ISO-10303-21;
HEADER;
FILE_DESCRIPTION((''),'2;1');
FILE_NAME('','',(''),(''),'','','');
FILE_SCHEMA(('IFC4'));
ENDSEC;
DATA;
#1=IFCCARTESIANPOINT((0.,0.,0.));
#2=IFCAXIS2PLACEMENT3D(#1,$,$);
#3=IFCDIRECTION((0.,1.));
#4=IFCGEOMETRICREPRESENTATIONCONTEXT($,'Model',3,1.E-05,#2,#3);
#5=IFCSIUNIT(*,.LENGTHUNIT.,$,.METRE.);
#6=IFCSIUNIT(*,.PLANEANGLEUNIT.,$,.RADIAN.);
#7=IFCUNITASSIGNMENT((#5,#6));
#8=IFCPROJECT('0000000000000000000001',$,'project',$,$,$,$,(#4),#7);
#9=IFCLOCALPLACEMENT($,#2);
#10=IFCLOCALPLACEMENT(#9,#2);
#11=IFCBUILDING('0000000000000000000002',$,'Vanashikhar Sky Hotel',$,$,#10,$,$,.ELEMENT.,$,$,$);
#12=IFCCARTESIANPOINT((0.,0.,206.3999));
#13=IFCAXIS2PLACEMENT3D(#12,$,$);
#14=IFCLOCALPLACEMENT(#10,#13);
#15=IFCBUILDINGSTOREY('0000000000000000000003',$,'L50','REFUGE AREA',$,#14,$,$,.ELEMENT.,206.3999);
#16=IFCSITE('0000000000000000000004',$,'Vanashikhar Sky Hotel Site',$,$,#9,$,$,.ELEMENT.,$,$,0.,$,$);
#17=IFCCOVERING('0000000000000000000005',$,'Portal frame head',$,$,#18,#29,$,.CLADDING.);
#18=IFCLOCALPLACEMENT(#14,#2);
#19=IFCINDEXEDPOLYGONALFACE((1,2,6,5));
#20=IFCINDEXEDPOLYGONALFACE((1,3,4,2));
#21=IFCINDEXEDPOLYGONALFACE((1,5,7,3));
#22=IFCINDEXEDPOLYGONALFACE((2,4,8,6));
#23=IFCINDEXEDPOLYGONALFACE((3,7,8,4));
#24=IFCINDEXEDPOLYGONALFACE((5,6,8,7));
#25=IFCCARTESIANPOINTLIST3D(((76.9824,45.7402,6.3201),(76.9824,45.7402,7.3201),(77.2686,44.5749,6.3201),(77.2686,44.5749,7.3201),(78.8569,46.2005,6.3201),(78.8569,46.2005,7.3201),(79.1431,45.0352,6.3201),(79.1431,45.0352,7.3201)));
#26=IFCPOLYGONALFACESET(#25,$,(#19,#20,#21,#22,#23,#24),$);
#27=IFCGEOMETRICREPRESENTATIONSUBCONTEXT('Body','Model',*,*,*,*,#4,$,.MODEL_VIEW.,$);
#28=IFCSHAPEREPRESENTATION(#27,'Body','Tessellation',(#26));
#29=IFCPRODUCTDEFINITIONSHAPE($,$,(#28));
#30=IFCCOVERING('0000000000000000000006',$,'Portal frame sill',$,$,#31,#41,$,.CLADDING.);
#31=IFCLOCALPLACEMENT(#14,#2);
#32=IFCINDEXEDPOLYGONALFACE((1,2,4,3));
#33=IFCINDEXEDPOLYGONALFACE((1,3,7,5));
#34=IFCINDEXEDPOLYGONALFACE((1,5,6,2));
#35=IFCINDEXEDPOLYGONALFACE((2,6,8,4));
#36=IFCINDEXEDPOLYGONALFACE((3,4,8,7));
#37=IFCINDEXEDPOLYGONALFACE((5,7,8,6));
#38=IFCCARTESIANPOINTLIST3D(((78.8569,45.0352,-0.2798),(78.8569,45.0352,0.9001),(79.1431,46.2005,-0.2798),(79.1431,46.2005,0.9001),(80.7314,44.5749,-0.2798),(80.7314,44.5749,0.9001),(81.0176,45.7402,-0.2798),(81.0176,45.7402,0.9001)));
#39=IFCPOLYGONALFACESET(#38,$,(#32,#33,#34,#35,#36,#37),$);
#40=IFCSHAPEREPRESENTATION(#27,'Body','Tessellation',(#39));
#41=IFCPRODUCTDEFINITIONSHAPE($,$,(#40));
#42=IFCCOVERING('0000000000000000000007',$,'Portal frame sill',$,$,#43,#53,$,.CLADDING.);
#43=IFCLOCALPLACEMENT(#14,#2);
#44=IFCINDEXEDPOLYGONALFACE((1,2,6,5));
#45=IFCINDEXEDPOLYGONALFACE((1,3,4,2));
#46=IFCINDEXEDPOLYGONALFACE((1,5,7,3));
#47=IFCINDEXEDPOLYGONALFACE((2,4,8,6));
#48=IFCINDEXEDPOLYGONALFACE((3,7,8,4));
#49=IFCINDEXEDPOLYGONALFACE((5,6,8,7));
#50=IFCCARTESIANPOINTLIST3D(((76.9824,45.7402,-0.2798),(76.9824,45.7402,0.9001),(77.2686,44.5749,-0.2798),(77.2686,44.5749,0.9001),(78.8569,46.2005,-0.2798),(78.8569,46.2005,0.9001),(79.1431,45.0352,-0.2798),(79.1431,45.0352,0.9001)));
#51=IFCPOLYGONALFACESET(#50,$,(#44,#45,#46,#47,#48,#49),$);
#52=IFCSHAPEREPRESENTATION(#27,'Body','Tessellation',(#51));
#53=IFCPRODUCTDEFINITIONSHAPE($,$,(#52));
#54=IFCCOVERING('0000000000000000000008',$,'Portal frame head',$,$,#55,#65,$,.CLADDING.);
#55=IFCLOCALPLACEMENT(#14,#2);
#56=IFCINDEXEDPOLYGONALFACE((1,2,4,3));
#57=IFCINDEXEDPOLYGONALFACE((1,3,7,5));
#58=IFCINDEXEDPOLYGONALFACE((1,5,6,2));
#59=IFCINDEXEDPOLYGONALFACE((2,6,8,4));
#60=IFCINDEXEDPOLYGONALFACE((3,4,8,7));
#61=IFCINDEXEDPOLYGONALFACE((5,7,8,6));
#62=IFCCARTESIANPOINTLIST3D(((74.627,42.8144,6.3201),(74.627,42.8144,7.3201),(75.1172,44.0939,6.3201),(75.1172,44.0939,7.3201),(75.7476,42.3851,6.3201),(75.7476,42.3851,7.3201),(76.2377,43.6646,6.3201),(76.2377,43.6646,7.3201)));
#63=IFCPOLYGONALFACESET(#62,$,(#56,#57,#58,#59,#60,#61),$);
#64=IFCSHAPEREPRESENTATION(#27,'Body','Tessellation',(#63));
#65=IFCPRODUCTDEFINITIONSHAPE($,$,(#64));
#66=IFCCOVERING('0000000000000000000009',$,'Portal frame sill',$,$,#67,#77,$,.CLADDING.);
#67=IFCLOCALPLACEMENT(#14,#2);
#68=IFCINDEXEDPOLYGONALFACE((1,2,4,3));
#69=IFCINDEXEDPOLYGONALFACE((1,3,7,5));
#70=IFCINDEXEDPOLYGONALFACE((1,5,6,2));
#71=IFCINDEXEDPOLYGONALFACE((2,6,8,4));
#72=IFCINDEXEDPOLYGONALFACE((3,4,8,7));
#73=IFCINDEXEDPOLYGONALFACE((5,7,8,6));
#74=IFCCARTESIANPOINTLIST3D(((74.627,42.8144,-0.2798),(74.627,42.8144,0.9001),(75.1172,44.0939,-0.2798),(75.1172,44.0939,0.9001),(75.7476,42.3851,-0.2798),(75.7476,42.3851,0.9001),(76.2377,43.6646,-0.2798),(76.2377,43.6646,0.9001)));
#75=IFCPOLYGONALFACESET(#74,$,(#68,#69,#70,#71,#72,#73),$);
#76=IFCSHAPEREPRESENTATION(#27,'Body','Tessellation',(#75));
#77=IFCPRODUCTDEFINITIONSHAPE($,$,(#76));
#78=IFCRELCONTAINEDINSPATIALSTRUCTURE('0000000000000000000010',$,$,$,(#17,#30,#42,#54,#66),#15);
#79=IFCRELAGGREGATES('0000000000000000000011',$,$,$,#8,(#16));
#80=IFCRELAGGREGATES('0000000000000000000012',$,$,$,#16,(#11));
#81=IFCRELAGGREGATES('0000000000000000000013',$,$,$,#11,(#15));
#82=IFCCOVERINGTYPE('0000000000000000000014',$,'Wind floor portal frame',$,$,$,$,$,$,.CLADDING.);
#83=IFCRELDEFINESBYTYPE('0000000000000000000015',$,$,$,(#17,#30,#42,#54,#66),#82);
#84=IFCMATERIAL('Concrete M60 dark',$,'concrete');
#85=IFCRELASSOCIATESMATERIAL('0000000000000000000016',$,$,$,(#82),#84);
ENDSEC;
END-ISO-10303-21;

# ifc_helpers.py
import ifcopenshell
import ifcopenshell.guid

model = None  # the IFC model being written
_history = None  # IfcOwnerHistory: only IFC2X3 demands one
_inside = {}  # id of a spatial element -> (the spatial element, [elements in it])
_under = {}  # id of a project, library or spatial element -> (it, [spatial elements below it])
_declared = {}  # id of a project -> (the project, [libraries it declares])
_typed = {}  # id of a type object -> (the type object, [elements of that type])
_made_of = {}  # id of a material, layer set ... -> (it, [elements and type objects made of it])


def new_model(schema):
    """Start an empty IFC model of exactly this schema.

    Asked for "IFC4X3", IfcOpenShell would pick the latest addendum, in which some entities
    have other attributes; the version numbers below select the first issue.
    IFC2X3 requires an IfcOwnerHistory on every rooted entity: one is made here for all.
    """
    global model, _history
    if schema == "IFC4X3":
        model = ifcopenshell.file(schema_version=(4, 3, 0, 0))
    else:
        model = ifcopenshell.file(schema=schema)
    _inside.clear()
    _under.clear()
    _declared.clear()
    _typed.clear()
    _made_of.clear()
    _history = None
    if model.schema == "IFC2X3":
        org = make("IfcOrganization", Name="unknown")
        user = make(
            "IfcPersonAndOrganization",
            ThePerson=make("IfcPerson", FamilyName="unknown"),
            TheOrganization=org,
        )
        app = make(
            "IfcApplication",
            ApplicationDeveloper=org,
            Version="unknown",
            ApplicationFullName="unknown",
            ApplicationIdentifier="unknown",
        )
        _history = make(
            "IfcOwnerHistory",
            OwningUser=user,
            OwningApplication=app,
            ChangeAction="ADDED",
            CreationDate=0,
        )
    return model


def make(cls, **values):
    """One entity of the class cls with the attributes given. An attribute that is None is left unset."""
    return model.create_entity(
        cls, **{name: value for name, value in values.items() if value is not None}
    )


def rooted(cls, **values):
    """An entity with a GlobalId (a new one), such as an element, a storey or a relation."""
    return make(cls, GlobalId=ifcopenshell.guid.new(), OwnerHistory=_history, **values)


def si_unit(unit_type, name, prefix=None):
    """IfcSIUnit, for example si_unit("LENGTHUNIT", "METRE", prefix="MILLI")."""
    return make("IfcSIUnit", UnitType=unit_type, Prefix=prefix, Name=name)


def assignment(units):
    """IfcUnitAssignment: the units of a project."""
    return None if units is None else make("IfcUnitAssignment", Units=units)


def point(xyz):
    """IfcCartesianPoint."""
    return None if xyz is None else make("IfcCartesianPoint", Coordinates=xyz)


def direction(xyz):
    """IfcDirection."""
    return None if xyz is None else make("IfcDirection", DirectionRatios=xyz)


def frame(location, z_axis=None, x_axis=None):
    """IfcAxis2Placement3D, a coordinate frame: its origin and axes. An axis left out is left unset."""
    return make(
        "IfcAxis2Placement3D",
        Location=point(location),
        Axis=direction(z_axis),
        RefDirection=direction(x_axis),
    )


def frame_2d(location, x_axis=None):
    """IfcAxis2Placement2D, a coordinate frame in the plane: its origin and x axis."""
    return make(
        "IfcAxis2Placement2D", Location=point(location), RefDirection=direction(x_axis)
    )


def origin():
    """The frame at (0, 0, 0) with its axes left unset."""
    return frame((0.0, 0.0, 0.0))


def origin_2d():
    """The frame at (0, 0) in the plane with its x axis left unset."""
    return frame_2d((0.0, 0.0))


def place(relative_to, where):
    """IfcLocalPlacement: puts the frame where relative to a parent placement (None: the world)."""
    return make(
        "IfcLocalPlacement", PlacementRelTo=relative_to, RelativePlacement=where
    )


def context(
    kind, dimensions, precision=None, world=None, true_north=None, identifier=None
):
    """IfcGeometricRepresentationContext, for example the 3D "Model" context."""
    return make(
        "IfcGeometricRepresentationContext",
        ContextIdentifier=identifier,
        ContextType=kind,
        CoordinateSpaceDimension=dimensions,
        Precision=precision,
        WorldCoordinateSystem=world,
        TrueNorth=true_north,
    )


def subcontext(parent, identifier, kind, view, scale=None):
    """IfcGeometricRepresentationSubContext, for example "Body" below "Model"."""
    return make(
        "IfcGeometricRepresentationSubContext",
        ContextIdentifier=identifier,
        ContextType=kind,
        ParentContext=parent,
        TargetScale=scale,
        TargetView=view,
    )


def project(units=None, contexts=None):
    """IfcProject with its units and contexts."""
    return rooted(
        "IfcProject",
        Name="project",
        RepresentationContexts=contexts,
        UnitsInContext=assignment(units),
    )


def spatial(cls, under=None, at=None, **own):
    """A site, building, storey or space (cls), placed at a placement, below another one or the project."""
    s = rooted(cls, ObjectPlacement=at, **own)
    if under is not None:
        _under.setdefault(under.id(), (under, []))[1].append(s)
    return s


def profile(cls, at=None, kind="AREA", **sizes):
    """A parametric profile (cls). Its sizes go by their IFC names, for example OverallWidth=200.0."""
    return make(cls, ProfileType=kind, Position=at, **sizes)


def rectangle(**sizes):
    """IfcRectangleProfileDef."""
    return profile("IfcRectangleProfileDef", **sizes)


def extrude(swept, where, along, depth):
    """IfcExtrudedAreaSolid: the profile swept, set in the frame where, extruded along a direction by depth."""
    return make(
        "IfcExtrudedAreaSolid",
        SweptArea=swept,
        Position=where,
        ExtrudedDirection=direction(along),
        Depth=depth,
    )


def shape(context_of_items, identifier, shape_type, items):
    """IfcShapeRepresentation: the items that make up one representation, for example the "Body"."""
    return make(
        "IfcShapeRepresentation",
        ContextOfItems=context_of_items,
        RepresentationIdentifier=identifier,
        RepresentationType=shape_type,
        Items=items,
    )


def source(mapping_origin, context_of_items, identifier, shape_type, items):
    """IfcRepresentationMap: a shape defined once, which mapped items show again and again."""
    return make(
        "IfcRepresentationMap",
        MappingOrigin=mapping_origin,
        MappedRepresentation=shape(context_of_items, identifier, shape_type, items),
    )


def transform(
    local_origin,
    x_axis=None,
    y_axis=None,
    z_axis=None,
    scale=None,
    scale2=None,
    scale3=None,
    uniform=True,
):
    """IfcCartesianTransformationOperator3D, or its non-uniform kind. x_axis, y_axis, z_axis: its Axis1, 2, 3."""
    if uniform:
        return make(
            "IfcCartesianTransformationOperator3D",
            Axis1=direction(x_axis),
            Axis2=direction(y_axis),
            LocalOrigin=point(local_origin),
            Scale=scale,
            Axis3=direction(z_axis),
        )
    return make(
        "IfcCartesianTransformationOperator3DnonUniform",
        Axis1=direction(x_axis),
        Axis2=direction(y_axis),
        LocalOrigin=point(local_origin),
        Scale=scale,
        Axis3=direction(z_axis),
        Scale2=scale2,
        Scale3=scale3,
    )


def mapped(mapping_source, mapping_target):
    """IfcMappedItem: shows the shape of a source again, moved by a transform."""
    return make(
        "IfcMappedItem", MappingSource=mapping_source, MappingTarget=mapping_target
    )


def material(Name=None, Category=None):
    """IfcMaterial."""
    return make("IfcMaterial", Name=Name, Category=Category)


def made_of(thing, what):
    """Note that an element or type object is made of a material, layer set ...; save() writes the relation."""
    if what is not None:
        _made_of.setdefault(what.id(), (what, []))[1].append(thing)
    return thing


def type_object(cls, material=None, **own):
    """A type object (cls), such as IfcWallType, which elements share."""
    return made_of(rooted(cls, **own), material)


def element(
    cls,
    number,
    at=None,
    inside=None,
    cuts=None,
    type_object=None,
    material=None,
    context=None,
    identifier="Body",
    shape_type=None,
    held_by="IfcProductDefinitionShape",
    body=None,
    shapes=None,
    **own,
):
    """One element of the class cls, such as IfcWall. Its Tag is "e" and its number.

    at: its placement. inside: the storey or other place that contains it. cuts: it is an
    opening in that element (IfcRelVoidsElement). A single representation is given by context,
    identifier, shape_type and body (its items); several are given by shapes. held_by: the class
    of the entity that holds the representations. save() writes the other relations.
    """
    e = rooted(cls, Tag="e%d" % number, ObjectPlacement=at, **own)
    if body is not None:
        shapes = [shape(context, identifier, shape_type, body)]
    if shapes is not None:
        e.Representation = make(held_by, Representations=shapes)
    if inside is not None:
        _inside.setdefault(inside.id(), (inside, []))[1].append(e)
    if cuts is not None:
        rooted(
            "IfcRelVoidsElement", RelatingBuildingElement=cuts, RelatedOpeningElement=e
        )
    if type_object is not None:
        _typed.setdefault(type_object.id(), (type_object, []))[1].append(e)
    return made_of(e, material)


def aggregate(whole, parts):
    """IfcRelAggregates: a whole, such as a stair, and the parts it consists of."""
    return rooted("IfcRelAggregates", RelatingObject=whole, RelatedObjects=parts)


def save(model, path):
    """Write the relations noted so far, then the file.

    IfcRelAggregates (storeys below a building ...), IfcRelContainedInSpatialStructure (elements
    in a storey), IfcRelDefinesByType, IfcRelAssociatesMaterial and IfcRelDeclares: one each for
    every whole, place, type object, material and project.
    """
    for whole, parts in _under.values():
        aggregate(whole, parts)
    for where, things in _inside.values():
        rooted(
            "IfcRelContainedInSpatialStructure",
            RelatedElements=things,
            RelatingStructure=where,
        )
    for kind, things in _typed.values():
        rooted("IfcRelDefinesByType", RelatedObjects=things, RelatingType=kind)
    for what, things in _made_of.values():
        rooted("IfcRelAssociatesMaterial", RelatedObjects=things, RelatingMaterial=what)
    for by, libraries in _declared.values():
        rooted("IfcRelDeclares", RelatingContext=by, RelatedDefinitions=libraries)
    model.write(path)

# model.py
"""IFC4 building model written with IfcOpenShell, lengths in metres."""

from ifc_helpers import new_model, si_unit, direction, frame, origin, origin_2d, place, context, subcontext, project, spatial, rectangle, extrude, source, transform, mapped, material, type_object, element, save


model = new_model("IFC4")

# Units and contexts
model_context = context("Model", 3, precision=1e-05, world=origin(), true_north=direction((0.0, 1.0)))
body_context = subcontext(model_context, "Body", "Model", "MODEL_VIEW")
ifc_project = project(units=[si_unit("LENGTHUNIT", "METRE"), si_unit("PLANEANGLEUNIT", "RADIAN")], contexts=[model_context])

# Site, building, storey
site_placement = place(None, origin())
site = spatial("IfcSite", under=ifc_project, at=site_placement, Name="Vanashikhar Sky Hotel Site", CompositionType="ELEMENT", RefElevation=0.0)
building_placement = place(site_placement, origin())
building = spatial("IfcBuilding", under=site, at=building_placement, Name="Vanashikhar Sky Hotel", CompositionType="ELEMENT")
storey_placement = place(building_placement, frame((0.0, 0.0, 206.3999)))
storey = spatial("IfcBuildingStorey", under=building, at=storey_placement, Name="L50", Description="REFUGE AREA", CompositionType="ELEMENT", Elevation=206.3999)

# Coverings
ifc_material_1 = material(Name="Concrete M60 dark", Category="concrete")
covering_type = type_object("IfcCoveringType", Name="Wind floor portal frame", PredefinedType="CLADDING", material=ifc_material_1)
shared_shape_1 = source(origin(), body_context, "Body", "SweptSolid", [
    extrude(rectangle(XDim=1.9302, YDim=1.2, at=origin_2d()), origin(), (0.0, 0.0, 1.0), 1.0),
])
for number, where, z_axis, x_axis, name in (
    (1, (78.0627, 45.3877, 6.3201), (0.0, 0.0, 1.0), (-0.971147, -0.238483, 0.0), "Portal frame head"),
):
    element("IfcCovering", number, at=place(storey_placement, frame(where, z_axis=z_axis, x_axis=x_axis)), inside=storey, type_object=covering_type, Name=name, PredefinedType="CLADDING", context=body_context, shape_type="MappedRepresentation", body=[
        mapped(shared_shape_1, transform((0.0, 0.0, 0.0), scale=1.0)),
    ])
shared_shape_2 = source(origin(), body_context, "Body", "SweptSolid", [
    extrude(rectangle(XDim=1.9302, YDim=1.2, at=origin_2d()), origin(), (0.0, 0.0, 1.0), 1.1799),
])
for number, where, z_axis, x_axis, name in (
    (2, (79.9373, 45.3877, -0.2798), (0.0, 0.0, 1.0), (-0.971147, 0.238483, 0.0), "Portal frame sill"),
    (3, (78.0627, 45.3877, -0.2798), (0.0, 0.0, 1.0), (-0.971147, -0.238483, 0.0), "Portal frame sill"),
):
    element("IfcCovering", number, at=place(storey_placement, frame(where, z_axis=z_axis, x_axis=x_axis)), inside=storey, type_object=covering_type, Name=name, PredefinedType="CLADDING", context=body_context, shape_type="MappedRepresentation", body=[
        mapped(shared_shape_2, transform((0.0, 0.0, 0.0), scale=1.0)),
    ])
shared_shape_3 = source(origin(), body_context, "Body", "SweptSolid", [
    extrude(rectangle(XDim=1.3701, YDim=1.2, at=origin_2d()), origin(), (0.0, 0.0, 1.0), 1.0),
])
covering_1_placement = place(storey_placement, frame((75.4324, 43.2395, 6.3201), z_axis=(0.0, 0.0, 1.0), x_axis=(-0.357749, -0.933818, 0.0)))
element("IfcCovering", 4, at=covering_1_placement, inside=storey, type_object=covering_type, Name="Portal frame head", PredefinedType="CLADDING", context=body_context, shape_type="MappedRepresentation", body=[
    mapped(shared_shape_3, transform((0.0, 0.0, 0.0), scale=1.0)),
])
shared_shape_4 = source(origin(), body_context, "Body", "SweptSolid", [
    extrude(rectangle(XDim=1.3701, YDim=1.2, at=origin_2d()), origin(), (0.0, 0.0, 1.0), 1.1799),
])
covering_2_placement = place(storey_placement, frame((75.4324, 43.2395, -0.2798), z_axis=(0.0, 0.0, 1.0), x_axis=(-0.357749, -0.933818, 0.0)))
element("IfcCovering", 5, at=covering_2_placement, inside=storey, type_object=covering_type, Name="Portal frame sill", PredefinedType="CLADDING", context=body_context, shape_type="MappedRepresentation", body=[
    mapped(shared_shape_4, transform((0.0, 0.0, 0.0), scale=1.0)),
])

save(model, "model.ifc")
